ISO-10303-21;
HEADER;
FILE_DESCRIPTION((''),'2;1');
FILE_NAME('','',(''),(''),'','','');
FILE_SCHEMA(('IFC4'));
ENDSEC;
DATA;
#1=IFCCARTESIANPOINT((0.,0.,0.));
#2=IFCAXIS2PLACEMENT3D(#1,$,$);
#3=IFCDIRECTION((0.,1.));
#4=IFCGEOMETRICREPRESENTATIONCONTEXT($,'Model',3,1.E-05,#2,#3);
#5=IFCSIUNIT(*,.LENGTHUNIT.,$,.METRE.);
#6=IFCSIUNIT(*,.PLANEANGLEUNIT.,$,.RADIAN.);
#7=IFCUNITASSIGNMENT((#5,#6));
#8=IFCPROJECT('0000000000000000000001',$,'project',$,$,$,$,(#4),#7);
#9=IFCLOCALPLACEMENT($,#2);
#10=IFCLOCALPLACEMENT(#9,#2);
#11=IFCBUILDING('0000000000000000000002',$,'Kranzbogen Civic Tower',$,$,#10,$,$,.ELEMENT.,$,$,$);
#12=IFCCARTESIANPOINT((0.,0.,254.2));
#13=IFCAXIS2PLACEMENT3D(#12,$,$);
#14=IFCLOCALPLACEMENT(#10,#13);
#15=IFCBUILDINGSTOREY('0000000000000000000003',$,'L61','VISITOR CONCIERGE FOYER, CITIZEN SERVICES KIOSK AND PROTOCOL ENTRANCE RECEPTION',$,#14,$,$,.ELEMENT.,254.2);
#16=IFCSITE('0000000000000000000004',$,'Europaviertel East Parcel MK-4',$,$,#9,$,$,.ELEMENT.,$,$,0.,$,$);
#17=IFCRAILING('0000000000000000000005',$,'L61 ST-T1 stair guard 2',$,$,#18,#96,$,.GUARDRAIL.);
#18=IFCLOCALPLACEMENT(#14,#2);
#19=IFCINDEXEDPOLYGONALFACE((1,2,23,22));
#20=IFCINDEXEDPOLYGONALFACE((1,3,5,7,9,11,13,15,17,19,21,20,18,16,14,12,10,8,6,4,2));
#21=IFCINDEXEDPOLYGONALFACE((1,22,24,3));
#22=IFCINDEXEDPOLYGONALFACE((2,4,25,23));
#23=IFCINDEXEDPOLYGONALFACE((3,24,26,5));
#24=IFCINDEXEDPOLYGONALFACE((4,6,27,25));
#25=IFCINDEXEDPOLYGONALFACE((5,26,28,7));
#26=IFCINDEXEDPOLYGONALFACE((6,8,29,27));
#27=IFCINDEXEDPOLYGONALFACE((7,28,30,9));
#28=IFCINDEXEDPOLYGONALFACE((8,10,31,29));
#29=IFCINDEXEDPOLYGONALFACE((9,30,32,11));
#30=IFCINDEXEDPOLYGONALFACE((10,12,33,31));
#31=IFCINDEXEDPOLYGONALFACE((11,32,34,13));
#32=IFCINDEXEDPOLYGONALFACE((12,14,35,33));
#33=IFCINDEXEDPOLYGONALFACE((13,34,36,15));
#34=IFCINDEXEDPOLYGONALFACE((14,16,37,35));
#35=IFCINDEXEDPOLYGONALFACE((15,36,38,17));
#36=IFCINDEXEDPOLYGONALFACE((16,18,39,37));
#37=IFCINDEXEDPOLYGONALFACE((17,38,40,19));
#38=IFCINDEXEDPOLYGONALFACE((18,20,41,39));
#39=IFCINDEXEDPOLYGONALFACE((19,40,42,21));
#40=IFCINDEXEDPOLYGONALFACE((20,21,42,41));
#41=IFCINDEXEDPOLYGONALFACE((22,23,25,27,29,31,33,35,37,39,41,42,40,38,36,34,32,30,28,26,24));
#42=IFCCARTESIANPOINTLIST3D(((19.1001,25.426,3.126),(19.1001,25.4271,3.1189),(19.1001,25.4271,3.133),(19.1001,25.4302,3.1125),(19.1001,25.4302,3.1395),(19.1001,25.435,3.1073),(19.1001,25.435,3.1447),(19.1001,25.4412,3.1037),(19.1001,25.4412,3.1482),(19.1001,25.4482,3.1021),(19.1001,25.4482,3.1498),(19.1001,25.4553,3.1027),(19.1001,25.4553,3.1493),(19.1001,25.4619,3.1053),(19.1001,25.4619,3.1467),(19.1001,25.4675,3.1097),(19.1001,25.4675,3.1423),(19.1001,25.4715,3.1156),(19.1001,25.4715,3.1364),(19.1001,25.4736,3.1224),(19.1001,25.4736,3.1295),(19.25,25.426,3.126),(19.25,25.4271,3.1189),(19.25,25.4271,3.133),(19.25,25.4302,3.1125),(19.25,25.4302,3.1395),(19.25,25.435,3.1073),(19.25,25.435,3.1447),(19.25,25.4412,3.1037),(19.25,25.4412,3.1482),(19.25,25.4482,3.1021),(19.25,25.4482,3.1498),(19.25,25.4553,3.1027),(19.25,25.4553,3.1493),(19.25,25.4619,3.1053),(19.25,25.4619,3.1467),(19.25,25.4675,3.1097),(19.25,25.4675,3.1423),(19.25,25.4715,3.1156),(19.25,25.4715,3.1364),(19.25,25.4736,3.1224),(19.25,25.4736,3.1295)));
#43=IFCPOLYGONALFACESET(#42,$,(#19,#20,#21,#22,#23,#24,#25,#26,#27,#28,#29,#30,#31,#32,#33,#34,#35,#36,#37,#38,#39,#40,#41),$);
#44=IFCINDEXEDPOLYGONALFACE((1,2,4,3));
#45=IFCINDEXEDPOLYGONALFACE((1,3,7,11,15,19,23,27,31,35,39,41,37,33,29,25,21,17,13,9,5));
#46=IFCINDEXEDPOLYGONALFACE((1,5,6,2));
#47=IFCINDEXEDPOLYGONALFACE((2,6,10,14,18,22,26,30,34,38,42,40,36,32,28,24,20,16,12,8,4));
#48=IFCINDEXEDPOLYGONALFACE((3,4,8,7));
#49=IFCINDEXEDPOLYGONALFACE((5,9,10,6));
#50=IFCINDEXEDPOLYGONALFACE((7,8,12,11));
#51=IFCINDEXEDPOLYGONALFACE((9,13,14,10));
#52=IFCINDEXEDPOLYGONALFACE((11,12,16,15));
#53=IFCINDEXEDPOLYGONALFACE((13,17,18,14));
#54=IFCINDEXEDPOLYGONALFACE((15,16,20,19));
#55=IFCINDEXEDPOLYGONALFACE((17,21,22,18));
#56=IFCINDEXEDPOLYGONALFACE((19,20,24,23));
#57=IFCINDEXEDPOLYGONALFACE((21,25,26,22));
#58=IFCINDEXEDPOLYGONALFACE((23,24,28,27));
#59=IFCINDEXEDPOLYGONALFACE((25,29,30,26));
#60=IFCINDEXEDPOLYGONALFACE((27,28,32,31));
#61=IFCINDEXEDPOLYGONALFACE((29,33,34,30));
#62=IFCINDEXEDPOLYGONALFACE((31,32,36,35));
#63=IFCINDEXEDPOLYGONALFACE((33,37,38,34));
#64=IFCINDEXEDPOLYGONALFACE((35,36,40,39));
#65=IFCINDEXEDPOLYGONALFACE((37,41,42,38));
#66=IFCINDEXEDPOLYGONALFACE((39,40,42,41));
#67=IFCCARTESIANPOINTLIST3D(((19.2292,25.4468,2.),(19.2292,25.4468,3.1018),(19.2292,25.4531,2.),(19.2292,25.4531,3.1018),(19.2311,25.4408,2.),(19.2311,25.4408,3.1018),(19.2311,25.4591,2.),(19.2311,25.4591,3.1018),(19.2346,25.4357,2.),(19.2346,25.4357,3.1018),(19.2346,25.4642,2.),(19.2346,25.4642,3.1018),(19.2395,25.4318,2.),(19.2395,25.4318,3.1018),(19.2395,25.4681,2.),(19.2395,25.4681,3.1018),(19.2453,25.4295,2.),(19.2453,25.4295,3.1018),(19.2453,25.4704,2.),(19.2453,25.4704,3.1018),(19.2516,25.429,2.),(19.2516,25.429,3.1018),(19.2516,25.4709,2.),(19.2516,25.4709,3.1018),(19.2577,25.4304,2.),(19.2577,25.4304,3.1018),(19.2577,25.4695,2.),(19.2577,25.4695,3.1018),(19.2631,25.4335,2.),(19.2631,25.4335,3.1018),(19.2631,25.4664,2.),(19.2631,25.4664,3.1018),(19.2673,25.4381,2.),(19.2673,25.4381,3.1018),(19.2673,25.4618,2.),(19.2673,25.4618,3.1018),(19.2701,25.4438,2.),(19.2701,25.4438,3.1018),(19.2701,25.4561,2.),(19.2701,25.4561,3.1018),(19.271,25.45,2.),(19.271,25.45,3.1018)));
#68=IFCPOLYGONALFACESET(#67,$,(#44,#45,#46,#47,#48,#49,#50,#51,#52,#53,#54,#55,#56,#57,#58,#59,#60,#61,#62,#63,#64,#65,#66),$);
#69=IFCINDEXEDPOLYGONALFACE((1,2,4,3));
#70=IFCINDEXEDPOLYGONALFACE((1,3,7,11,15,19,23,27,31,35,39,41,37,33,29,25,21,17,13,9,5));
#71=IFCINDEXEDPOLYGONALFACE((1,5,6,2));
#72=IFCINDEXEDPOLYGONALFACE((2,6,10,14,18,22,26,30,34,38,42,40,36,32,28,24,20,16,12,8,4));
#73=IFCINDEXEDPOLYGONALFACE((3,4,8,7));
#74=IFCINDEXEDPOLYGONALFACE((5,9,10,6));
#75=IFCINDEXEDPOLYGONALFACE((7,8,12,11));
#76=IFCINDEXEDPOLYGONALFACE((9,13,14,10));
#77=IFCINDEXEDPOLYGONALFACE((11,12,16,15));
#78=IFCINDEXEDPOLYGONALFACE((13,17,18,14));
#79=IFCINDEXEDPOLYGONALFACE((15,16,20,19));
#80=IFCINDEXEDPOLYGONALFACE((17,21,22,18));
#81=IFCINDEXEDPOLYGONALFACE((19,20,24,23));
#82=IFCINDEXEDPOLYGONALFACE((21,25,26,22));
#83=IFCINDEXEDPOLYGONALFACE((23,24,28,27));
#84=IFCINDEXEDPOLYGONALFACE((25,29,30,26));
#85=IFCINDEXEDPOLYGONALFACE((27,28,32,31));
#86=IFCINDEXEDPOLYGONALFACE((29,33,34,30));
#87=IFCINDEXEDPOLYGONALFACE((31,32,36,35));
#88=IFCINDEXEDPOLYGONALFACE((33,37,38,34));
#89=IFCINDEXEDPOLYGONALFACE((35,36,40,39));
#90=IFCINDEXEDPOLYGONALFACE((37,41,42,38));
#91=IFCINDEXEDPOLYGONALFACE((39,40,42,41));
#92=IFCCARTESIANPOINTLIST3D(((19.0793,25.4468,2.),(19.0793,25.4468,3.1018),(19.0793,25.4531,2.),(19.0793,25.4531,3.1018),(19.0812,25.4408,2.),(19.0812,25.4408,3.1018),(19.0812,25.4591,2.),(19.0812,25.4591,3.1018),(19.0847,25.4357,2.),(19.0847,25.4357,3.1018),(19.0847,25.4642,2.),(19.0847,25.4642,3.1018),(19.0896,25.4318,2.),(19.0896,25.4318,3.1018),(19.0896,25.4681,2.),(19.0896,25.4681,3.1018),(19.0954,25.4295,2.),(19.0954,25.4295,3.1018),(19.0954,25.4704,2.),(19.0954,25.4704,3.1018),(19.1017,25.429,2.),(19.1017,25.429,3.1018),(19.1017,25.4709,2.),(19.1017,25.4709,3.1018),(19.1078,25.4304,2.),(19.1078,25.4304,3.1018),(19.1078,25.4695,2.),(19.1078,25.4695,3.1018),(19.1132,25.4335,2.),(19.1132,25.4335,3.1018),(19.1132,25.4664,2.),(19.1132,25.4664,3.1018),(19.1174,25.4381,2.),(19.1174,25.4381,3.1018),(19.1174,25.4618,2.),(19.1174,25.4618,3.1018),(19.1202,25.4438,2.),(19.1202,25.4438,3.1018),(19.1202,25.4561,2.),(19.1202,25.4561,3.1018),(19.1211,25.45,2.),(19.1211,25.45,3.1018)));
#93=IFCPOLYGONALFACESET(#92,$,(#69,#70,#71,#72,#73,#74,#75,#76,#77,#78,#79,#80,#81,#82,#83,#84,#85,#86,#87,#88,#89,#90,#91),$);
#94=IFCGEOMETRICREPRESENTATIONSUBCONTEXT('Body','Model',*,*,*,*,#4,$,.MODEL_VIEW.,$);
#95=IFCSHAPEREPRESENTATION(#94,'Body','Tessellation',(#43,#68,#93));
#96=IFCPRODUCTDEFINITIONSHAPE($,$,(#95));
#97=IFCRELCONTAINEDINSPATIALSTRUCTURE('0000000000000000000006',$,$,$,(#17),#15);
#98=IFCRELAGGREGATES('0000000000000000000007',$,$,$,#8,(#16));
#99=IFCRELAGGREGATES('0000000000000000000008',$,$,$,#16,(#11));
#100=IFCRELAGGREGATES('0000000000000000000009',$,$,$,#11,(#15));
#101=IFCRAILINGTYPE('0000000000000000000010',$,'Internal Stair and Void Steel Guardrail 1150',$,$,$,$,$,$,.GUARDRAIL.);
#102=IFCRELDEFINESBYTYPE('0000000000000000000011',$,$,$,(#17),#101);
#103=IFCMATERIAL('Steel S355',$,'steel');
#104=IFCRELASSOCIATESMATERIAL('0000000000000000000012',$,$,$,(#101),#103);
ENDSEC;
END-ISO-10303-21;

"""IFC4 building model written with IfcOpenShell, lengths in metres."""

from ifc_helpers import new_model, si_unit, direction, frame, origin, origin_2d, place, context, subcontext, project, spatial, circle, extrude, material, type_object, element, save


model = new_model("IFC4")

# Units and contexts
model_context = context("Model", 3, precision=1e-05, world=origin(), true_north=direction((0.0, 1.0)))
body_context = subcontext(model_context, "Body", "Model", "MODEL_VIEW")
ifc_project = project(units=[si_unit("LENGTHUNIT", "METRE"), si_unit("PLANEANGLEUNIT", "RADIAN")], contexts=[model_context])

# Site, building, storey
site_placement = place(None, origin())
site = spatial("IfcSite", under=ifc_project, at=site_placement, Name="Europaviertel East Parcel MK-4", CompositionType="ELEMENT", RefElevation=0.0)
building_placement = place(site_placement, origin())
building = spatial("IfcBuilding", under=site, at=building_placement, Name="Kranzbogen Civic Tower", CompositionType="ELEMENT")
storey_placement = place(building_placement, frame((0.0, 0.0, 254.2)))
storey = spatial("IfcBuildingStorey", under=building, at=storey_placement, Name="L61", Description="VISITOR CONCIERGE FOYER, CITIZEN SERVICES KIOSK AND PROTOCOL ENTRANCE RECEPTION", CompositionType="ELEMENT", Elevation=254.2)

# Shared definitions
ifc_material_1 = material(Name="Steel S355", Category="steel")

# Railing
railing_type_1 = type_object("IfcRailingType", Name="Internal Stair and Void Steel Guardrail 1150", PredefinedType="GUARDRAIL", material=ifc_material_1)
railing_1_placement = place(storey_placement, frame((19.25, 25.45, 2.0)))
element("IfcRailing", 1, at=railing_1_placement, inside=storey, type_object=railing_type_1, Name="L61 ST-T1 stair guard 2", PredefinedType="GUARDRAIL", context=body_context, shape_type="SweptSolid", body=[
    extrude(circle(Radius=0.0239, at=origin_2d()), frame((0.0, 0.0, 1.126), z_axis=(-1.0, 0.0, 0.0), x_axis=(0.0, -1.0, 0.0)), (0.0, 0.0, 1.0), 0.1499),
    extrude(circle(Radius=0.021, at=origin_2d()), origin(), (0.0, 0.0, 1.0), 1.1018),
    extrude(circle(Radius=0.021, at=origin_2d()), frame((-0.1499, 0.0, 0.0)), (0.0, 0.0, 1.0), 1.1018),
])

save(model, "model.ifc")
